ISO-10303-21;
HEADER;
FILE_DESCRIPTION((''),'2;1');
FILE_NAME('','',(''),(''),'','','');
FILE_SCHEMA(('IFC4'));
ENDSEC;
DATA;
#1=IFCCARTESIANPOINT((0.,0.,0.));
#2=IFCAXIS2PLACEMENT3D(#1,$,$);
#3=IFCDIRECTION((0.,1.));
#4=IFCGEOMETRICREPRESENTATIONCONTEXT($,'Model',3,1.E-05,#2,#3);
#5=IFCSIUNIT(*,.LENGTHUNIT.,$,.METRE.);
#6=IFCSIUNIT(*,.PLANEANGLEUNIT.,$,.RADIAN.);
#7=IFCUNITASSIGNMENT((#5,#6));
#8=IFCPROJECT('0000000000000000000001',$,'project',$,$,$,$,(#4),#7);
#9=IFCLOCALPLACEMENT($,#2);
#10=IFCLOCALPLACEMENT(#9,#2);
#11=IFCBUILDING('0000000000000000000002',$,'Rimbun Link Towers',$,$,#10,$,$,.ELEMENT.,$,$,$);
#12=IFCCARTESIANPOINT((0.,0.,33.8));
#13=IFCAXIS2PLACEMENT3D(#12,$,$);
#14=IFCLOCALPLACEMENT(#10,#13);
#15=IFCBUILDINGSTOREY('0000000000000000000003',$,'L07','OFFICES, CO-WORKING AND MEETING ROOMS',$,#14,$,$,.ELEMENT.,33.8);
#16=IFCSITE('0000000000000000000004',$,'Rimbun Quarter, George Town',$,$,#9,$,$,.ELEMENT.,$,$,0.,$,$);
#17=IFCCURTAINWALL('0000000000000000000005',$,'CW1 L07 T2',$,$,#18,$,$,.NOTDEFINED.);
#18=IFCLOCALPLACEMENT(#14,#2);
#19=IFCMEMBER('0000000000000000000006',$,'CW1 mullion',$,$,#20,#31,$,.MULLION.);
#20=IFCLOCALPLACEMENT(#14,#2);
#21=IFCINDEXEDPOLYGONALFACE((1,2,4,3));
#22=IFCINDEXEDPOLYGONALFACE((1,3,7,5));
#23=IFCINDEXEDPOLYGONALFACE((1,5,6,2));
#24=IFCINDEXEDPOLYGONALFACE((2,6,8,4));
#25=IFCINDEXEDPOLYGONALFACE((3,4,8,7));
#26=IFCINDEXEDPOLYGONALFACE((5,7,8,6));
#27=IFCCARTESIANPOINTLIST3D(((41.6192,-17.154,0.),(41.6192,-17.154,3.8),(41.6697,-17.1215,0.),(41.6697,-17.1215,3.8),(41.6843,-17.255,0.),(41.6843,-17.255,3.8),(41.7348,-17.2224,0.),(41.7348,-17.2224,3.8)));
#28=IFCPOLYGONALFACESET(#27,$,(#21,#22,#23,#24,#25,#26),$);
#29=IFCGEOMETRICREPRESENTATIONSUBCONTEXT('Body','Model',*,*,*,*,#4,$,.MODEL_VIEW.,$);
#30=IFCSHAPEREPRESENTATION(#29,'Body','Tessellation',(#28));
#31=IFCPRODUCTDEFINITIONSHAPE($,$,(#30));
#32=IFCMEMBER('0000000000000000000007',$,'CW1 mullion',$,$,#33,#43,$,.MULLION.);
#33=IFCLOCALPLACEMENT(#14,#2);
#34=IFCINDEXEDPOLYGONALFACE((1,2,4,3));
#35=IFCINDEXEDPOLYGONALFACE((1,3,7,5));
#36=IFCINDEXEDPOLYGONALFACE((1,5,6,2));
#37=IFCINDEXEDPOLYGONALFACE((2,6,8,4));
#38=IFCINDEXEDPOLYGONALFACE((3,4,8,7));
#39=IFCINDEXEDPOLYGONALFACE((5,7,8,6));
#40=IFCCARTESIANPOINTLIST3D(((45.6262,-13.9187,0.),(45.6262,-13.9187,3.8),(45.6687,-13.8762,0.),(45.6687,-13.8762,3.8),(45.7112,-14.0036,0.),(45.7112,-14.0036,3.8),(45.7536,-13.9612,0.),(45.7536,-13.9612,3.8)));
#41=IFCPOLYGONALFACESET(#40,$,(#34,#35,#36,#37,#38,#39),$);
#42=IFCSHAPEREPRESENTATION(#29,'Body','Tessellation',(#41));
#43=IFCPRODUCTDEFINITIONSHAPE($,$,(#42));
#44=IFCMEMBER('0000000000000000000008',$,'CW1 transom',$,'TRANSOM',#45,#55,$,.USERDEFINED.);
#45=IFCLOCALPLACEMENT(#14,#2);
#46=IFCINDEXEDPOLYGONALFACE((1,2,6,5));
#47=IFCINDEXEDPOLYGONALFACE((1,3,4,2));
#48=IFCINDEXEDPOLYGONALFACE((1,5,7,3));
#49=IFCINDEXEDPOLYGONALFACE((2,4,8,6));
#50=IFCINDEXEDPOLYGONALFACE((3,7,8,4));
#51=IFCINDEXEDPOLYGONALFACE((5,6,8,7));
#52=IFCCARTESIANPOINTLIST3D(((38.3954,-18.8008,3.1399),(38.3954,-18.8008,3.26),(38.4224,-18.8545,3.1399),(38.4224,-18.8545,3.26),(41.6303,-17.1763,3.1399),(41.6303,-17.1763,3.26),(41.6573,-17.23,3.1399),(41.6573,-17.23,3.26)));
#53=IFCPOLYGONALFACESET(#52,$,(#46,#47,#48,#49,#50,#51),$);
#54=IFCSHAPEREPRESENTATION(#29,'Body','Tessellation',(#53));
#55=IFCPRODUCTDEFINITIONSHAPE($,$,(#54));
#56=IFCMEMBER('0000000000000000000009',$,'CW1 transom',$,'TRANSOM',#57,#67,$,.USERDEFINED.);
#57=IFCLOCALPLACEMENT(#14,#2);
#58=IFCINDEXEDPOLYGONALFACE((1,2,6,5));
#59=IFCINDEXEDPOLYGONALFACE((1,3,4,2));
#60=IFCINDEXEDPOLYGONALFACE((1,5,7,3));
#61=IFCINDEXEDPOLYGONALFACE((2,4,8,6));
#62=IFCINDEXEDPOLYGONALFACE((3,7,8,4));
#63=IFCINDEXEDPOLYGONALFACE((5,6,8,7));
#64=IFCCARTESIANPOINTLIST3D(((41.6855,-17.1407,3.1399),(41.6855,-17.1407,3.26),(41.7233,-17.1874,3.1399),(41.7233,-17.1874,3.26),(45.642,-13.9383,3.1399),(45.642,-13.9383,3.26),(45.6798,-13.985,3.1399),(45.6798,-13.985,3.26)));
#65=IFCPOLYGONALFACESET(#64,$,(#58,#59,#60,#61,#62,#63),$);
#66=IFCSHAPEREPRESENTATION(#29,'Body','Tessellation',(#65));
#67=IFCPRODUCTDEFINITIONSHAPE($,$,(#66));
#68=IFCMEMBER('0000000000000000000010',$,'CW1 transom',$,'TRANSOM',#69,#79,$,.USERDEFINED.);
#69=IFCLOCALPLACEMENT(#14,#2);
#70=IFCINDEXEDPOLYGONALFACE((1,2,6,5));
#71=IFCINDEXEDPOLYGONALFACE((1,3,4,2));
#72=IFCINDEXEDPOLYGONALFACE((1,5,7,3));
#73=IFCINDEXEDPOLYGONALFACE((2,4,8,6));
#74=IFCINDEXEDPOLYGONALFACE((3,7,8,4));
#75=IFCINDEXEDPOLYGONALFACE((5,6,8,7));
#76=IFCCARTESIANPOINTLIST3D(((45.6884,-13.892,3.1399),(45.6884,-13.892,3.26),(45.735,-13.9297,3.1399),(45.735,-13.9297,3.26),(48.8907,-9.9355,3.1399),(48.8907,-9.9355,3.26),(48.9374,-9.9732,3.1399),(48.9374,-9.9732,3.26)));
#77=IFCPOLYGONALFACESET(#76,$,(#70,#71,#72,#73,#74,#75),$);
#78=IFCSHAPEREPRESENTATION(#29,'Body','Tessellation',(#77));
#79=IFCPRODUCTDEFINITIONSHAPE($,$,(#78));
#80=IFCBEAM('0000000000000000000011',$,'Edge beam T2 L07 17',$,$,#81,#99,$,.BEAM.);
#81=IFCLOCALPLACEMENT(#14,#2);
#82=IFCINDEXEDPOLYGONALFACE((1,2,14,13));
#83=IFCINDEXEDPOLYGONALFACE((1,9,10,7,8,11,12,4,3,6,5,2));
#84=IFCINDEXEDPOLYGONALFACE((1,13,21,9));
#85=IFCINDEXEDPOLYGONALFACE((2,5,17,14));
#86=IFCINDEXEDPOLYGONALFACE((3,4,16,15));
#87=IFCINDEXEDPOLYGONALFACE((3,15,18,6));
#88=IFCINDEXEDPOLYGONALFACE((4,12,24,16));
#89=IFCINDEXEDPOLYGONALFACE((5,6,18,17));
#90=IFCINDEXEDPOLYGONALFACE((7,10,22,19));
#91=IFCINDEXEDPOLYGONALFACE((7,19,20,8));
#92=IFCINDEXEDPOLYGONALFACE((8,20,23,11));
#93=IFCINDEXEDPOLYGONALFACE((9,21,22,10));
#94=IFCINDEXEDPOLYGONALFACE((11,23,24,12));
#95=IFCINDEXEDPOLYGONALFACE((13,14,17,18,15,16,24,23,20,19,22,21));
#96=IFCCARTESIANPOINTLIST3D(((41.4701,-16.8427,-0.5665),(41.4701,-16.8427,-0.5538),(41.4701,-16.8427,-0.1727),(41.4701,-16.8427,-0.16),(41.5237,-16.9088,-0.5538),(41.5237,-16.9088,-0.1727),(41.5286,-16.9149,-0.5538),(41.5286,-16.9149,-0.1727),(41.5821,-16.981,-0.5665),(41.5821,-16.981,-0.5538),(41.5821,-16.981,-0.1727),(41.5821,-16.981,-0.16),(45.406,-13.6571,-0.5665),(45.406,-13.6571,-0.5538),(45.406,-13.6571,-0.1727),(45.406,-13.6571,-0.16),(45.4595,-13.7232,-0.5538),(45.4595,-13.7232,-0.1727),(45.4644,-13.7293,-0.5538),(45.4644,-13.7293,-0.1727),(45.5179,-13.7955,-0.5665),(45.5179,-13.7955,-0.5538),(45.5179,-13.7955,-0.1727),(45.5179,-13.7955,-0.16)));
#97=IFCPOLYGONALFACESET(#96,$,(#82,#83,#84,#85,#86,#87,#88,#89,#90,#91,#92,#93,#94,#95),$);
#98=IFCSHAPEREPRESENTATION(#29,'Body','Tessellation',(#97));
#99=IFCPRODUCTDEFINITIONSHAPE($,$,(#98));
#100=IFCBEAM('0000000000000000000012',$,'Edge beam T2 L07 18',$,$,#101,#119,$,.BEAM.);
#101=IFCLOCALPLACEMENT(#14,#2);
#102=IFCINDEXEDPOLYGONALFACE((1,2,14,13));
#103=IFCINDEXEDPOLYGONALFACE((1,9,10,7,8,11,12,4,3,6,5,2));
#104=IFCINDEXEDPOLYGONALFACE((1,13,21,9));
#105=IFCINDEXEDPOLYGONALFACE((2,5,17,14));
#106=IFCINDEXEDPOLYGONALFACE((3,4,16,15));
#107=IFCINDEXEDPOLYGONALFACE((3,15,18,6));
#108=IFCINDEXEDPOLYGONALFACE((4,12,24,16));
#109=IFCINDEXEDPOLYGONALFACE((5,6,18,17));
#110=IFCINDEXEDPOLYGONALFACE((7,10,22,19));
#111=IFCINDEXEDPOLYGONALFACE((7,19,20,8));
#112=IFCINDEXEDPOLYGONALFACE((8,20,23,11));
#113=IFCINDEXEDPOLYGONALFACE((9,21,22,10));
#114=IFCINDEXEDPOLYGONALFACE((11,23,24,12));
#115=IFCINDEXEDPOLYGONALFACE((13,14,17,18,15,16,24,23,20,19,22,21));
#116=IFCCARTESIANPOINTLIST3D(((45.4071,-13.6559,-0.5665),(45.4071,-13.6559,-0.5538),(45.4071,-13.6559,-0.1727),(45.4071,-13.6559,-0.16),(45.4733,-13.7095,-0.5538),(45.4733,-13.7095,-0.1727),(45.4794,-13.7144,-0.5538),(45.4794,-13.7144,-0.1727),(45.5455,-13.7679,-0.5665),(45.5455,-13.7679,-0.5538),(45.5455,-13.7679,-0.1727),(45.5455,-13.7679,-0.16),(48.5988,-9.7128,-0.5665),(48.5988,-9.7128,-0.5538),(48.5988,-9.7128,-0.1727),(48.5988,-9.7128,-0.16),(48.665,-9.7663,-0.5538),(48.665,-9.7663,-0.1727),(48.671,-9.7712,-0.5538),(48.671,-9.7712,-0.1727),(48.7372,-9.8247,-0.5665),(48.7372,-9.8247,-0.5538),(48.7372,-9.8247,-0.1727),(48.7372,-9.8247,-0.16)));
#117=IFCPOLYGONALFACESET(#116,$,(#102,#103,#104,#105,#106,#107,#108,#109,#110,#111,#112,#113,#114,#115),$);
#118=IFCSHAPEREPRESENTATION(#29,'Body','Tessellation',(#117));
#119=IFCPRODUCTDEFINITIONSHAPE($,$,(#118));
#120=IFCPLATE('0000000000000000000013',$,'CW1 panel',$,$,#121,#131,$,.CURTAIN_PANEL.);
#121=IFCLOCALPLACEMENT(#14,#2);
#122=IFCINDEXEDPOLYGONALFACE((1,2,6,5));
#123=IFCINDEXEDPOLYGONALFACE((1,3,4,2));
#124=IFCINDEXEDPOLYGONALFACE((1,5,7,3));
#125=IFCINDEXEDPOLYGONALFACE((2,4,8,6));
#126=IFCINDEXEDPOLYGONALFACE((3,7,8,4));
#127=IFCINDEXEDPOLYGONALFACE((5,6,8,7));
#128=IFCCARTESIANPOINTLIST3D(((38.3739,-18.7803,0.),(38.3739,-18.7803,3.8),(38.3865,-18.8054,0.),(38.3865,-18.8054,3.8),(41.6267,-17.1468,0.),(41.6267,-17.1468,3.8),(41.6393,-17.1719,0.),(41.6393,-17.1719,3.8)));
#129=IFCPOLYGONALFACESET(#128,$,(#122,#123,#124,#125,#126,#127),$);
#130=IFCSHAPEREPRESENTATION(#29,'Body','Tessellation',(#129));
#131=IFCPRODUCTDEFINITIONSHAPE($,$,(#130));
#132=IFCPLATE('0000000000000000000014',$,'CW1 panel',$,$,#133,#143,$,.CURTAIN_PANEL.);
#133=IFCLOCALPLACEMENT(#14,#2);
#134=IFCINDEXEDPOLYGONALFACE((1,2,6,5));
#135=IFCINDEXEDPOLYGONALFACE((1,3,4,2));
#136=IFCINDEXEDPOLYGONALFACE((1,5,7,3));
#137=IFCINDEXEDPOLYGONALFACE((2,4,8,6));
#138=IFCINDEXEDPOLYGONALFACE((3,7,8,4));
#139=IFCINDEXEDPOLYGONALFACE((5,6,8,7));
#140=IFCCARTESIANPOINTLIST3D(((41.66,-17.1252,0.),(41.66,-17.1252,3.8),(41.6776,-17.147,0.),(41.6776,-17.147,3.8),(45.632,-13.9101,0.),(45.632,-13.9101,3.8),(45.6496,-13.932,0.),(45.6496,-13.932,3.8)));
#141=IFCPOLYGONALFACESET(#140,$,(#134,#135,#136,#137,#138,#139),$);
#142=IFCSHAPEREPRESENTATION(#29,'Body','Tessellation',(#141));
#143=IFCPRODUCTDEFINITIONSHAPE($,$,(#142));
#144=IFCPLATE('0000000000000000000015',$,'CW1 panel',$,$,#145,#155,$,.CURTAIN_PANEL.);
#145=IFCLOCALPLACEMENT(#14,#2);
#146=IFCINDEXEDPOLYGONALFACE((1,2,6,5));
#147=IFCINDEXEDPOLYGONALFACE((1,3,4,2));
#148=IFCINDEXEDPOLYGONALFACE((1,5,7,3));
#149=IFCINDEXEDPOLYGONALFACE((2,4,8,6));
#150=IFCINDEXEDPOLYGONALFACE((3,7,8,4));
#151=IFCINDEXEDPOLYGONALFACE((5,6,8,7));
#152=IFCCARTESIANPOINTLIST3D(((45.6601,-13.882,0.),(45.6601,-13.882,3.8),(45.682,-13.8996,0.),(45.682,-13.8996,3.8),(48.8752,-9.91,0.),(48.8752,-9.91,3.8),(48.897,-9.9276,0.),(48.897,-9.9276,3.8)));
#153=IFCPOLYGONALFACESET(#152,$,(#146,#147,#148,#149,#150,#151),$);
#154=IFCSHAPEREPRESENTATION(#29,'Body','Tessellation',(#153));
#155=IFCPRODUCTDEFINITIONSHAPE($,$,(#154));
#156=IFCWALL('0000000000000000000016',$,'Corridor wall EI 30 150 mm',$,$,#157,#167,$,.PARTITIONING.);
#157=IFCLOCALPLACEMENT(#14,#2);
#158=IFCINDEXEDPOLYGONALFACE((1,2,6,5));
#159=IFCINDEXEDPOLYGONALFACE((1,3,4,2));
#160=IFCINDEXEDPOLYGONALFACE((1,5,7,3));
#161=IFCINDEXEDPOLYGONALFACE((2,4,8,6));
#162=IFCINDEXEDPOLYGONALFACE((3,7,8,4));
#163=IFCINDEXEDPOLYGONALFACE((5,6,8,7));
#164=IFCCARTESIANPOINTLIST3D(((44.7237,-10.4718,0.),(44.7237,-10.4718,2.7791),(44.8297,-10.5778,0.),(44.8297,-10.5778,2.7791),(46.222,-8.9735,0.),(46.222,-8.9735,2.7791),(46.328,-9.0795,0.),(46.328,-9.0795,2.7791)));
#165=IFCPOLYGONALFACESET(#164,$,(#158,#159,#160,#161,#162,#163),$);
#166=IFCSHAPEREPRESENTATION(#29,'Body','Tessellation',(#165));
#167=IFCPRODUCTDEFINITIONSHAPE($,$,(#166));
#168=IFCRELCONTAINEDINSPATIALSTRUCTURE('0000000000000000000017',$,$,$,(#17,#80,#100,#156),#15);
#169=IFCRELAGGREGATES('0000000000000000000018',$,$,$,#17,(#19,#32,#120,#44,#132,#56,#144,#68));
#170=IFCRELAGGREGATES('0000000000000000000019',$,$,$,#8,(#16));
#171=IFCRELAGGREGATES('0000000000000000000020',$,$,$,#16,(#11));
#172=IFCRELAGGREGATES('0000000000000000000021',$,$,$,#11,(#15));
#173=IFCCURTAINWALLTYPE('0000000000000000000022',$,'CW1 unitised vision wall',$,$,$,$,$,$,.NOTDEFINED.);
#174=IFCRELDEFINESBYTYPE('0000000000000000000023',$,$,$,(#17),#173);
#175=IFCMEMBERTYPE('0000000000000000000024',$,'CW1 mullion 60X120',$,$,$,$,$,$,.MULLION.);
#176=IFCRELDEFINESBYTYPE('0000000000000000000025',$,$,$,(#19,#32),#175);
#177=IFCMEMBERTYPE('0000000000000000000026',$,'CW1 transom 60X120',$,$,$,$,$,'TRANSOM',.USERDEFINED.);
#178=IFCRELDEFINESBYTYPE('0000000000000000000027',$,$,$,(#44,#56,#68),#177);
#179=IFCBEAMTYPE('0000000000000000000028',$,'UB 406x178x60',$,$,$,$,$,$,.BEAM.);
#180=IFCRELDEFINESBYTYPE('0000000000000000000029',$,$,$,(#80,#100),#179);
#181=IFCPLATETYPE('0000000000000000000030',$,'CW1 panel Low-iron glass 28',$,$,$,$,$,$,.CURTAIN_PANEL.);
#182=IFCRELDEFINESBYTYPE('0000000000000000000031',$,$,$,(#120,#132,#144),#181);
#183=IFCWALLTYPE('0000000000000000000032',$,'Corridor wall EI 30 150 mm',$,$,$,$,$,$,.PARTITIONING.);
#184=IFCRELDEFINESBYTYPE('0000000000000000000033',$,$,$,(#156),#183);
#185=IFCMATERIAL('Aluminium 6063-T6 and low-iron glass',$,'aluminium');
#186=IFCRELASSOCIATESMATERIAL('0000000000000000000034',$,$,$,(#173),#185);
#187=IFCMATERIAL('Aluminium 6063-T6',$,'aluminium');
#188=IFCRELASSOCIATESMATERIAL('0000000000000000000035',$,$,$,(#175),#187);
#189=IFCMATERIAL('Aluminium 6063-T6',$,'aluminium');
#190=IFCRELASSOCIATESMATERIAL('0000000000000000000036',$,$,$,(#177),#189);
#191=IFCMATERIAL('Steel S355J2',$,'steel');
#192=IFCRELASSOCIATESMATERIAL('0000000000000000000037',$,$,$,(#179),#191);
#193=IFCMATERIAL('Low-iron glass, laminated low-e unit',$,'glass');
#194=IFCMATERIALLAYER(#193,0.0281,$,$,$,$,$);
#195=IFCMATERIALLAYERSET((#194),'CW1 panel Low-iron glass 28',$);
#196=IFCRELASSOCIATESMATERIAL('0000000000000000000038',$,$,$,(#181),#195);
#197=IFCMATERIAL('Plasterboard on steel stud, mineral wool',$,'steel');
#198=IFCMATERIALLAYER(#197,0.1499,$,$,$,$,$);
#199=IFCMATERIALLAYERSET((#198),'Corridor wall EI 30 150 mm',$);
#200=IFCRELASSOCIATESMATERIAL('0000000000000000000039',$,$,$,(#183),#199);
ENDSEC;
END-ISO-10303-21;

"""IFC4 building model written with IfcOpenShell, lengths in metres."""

from ifc_helpers import new_model, si_unit, direction, frame, frame_2d, origin, origin_2d, place, context, subcontext, project, spatial, rectangle, i_section, extrude, material, layer, layer_set, material_profile, profile_set, type_object, element, aggregate, save


model = new_model("IFC4")

# Units and contexts
model_context = context("Model", 3, precision=1e-05, world=origin(), true_north=direction((0.0, 1.0)))
body_context = subcontext(model_context, "Body", "Model", "MODEL_VIEW")
ifc_project = project(units=[si_unit("LENGTHUNIT", "METRE"), si_unit("PLANEANGLEUNIT", "RADIAN")], contexts=[model_context])

# Site, building, storey
site_placement = place(None, origin())
site = spatial("IfcSite", under=ifc_project, at=site_placement, Name="Rimbun Quarter, George Town", CompositionType="ELEMENT", RefElevation=0.0)
building_placement = place(site_placement, origin())
building = spatial("IfcBuilding", under=site, at=building_placement, Name="Rimbun Link Towers", CompositionType="ELEMENT")
storey_placement = place(building_placement, frame((0.0, 0.0, 33.8)))
storey = spatial("IfcBuildingStorey", under=building, at=storey_placement, Name="L07", Description="OFFICES, CO-WORKING AND MEETING ROOMS", CompositionType="ELEMENT", Elevation=33.8)

# Curtain wall, members
ifc_material_1 = material(Name="Aluminium 6063-T6 and low-iron glass", Category="aluminium")
curtain_wall_type = type_object("IfcCurtainWallType", Name="CW1 unitised vision wall", PredefinedType="NOTDEFINED", material=ifc_material_1)
curtain_wall_placement = place(storey_placement, origin())
curtain_wall = element("IfcCurtainWall", 1, at=curtain_wall_placement, inside=storey, type_object=curtain_wall_type, Name="CW1 L07 T2", PredefinedType="NOTDEFINED")
ifc_material_2 = material(Name="Aluminium 6063-T6", Category="aluminium")
ifc_material_profile_1 = material_profile(ifc_material_2, rectangle(XDim=0.1201, YDim=0.0601, at=origin_2d()), Name="MULLION 60X120")
ifc_profile_set_1 = profile_set([ifc_material_profile_1], Name="Aluminium 6063-T6")
member_type_1 = type_object("IfcMemberType", Name="CW1 mullion 60X120", PredefinedType="MULLION", material=ifc_profile_set_1)
member_1_placement = place(storey_placement, frame((41.677, -17.1882, 0.0), z_axis=(0.0, 0.0, 1.0), x_axis=(0.542093, -0.840318, 0.0)))
member_1 = element("IfcMember", 2, at=member_1_placement, type_object=member_type_1, Name="CW1 mullion", PredefinedType="MULLION", context=body_context, shape_type="SweptSolid", body=[
    extrude(rectangle(XDim=0.1201, YDim=0.0601, at=origin_2d()), origin(), (0.0, 0.0, 1.0), 3.8),
])
member_2_placement = place(storey_placement, frame((45.6899, -13.9399, 0.0), z_axis=(0.0, 0.0, 1.0), x_axis=(0.707107, -0.707107, 0.0)))
member_2 = element("IfcMember", 3, at=member_2_placement, type_object=member_type_1, Name="CW1 mullion", PredefinedType="MULLION", context=body_context, shape_type="SweptSolid", body=[
    extrude(rectangle(XDim=0.1201, YDim=0.0601, at=origin_2d()), origin(), (0.0, 0.0, 1.0), 3.8),
])
ifc_material_3 = material(Name="Aluminium 6063-T6", Category="aluminium")
ifc_material_profile_2 = material_profile(ifc_material_3, rectangle(XDim=0.0601, YDim=0.1201, at=origin_2d()), Name="TRANSOM 60X120")
ifc_profile_set_2 = profile_set([ifc_material_profile_2], Name="Aluminium 6063-T6")
member_type_2 = type_object("IfcMemberType", Name="CW1 transom 60X120", ElementType="TRANSOM", PredefinedType="USERDEFINED", material=ifc_profile_set_2)
member_3_placement = place(storey_placement, frame((41.6438, -17.2031, 3.2), z_axis=(-0.893643, -0.448778, 0.0), x_axis=(0.448778, -0.893643, 0.0)))
member_3 = element("IfcMember", 4, at=member_3_placement, type_object=member_type_2, Name="CW1 transom", ObjectType="TRANSOM", PredefinedType="USERDEFINED", context=body_context, shape_type="SweptSolid", body=[
    extrude(rectangle(XDim=0.0601, YDim=0.1201, at=origin_2d()), origin(), (0.0, 0.0, 1.0), 3.6199),
])
member_4_placement = place(storey_placement, frame((45.6609, -13.9617, 3.2), z_axis=(-0.777295, -0.629136, 0.0), x_axis=(0.629136, -0.777295, 0.0)))
member_4 = element("IfcMember", 5, at=member_4_placement, type_object=member_type_2, Name="CW1 transom", ObjectType="TRANSOM", PredefinedType="USERDEFINED", context=body_context, shape_type="SweptSolid", body=[
    extrude(rectangle(XDim=0.0601, YDim=0.1201, at=origin_2d()), origin(), (0.0, 0.0, 1.0), 5.0901),
])
member_5_placement = place(storey_placement, frame((48.9141, -9.9543, 3.2), z_axis=(-0.629136, -0.777295, 0.0), x_axis=(0.777295, -0.629136, 0.0)))
member_5 = element("IfcMember", 6, at=member_5_placement, type_object=member_type_2, Name="CW1 transom", ObjectType="TRANSOM", PredefinedType="USERDEFINED", context=body_context, shape_type="SweptSolid", body=[
    extrude(rectangle(XDim=0.0601, YDim=0.1201, at=origin_2d()), origin(), (0.0, 0.0, 1.0), 5.0901),
])

# Beams
ifc_material_4 = material(Name="Steel S355J2", Category="steel")
ifc_material_profile_3 = material_profile(ifc_material_4, i_section(OverallWidth=0.178, OverallDepth=0.4065, WebThickness=0.0078, FlangeThickness=0.0127, at=origin_2d()), Name="UB 406x178x60")
ifc_profile_set_3 = profile_set([ifc_material_profile_3], Name="Steel S355J2")
beam_type = type_object("IfcBeamType", Name="UB 406x178x60", PredefinedType="BEAM", material=ifc_profile_set_3)
beam_1_placement = place(storey_placement, frame((41.5261, -16.9119, -0.3633), z_axis=(0.7773, 0.62913, 0.0), x_axis=(-0.62913, 0.7773, 0.0)))
element("IfcBeam", 7, at=beam_1_placement, inside=storey, type_object=beam_type, Name="Edge beam T2 L07 17", PredefinedType="BEAM", context=body_context, shape_type="SweptSolid", body=[
    extrude(i_section(OverallWidth=0.178, OverallDepth=0.4065, WebThickness=0.0078, FlangeThickness=0.0127, at=origin_2d()), origin(), (0.0, 0.0, 1.0), 5.0635),
])
beam_2_placement = place(storey_placement, frame((45.4763, -13.7119, -0.3633), z_axis=(0.629151, 0.777283, 0.0), x_axis=(-0.777283, 0.629151, 0.0)))
element("IfcBeam", 8, at=beam_2_placement, inside=storey, type_object=beam_type, Name="Edge beam T2 L07 18", PredefinedType="BEAM", context=body_context, shape_type="SweptSolid", body=[
    extrude(i_section(OverallWidth=0.178, OverallDepth=0.4065, WebThickness=0.0078, FlangeThickness=0.0127, at=origin_2d()), origin(), (0.0, 0.0, 1.0), 5.073),
])

# Plates
ifc_material_5 = material(Name="Low-iron glass, laminated low-e unit", Category="glass")
ifc_layer_1 = layer(ifc_material_5, 0.0281)
ifc_layer_set_1 = layer_set([ifc_layer_1], Name="CW1 panel Low-iron glass 28")
plate_type = type_object("IfcPlateType", Name="CW1 panel Low-iron glass 28", PredefinedType="CURTAIN_PANEL", material=ifc_layer_set_1)
plate_1_placement = place(storey_placement, frame((40.0066, -17.9761, 0.0), z_axis=(0.0, 0.0, 1.0), x_axis=(-0.893646, -0.448773, 0.0)))
plate_1 = element("IfcPlate", 9, at=plate_1_placement, type_object=plate_type, Name="CW1 panel", PredefinedType="CURTAIN_PANEL", context=body_context, shape_type="SweptSolid", body=[
    extrude(rectangle(XDim=3.6399, YDim=0.0281, at=origin_2d()), origin(), (0.0, 0.0, 1.0), 3.8),
])
plate_2_placement = place(storey_placement, frame((43.6548, -15.5286, 0.0), z_axis=(0.0, 0.0, 1.0), x_axis=(-0.777283, -0.629151, 0.0)))
plate_2 = element("IfcPlate", 10, at=plate_2_placement, type_object=plate_type, Name="CW1 panel", PredefinedType="CURTAIN_PANEL", context=body_context, shape_type="SweptSolid", body=[
    extrude(rectangle(XDim=5.1101, YDim=0.0281, at=origin_2d()), origin(), (0.0, 0.0, 1.0), 3.8),
])
plate_3_placement = place(storey_placement, frame((47.2786, -11.9048, 0.0), z_axis=(0.0, 0.0, 1.0), x_axis=(-0.629151, -0.777283, 0.0)))
plate_3 = element("IfcPlate", 11, at=plate_3_placement, type_object=plate_type, Name="CW1 panel", PredefinedType="CURTAIN_PANEL", context=body_context, shape_type="SweptSolid", body=[
    extrude(rectangle(XDim=5.1101, YDim=0.0281, at=origin_2d()), origin(), (0.0, 0.0, 1.0), 3.8),
])
aggregate(curtain_wall, [member_1, member_2, plate_1, member_3, plate_2, member_4, plate_3, member_5])

# Wall
ifc_material_6 = material(Name="Plasterboard on steel stud, mineral wool", Category="steel")
ifc_layer_2 = layer(ifc_material_6, 0.1499)
ifc_layer_set_2 = layer_set([ifc_layer_2], Name="Corridor wall EI 30 150 mm")
wall_type_1 = type_object("IfcWallType", Name="Corridor wall EI 30 150 mm", PredefinedType="PARTITIONING", material=ifc_layer_set_2)
wall_1_placement = place(storey_placement, frame((44.7766, -10.5249, 0.0), z_axis=(0.0, 0.0, 1.0), x_axis=(0.707107, 0.707107, 0.0)))
element("IfcWall", 12, at=wall_1_placement, inside=storey, type_object=wall_type_1, Name="Corridor wall EI 30 150 mm", PredefinedType="PARTITIONING", context=body_context, shape_type="SweptSolid", body=[
    extrude(rectangle(XDim=2.1189, YDim=0.1499, at=frame_2d((1.0596, 0.0))), origin(), (0.0, 0.0, 1.0), 2.7791),
])

save(model, "model.ifc")
